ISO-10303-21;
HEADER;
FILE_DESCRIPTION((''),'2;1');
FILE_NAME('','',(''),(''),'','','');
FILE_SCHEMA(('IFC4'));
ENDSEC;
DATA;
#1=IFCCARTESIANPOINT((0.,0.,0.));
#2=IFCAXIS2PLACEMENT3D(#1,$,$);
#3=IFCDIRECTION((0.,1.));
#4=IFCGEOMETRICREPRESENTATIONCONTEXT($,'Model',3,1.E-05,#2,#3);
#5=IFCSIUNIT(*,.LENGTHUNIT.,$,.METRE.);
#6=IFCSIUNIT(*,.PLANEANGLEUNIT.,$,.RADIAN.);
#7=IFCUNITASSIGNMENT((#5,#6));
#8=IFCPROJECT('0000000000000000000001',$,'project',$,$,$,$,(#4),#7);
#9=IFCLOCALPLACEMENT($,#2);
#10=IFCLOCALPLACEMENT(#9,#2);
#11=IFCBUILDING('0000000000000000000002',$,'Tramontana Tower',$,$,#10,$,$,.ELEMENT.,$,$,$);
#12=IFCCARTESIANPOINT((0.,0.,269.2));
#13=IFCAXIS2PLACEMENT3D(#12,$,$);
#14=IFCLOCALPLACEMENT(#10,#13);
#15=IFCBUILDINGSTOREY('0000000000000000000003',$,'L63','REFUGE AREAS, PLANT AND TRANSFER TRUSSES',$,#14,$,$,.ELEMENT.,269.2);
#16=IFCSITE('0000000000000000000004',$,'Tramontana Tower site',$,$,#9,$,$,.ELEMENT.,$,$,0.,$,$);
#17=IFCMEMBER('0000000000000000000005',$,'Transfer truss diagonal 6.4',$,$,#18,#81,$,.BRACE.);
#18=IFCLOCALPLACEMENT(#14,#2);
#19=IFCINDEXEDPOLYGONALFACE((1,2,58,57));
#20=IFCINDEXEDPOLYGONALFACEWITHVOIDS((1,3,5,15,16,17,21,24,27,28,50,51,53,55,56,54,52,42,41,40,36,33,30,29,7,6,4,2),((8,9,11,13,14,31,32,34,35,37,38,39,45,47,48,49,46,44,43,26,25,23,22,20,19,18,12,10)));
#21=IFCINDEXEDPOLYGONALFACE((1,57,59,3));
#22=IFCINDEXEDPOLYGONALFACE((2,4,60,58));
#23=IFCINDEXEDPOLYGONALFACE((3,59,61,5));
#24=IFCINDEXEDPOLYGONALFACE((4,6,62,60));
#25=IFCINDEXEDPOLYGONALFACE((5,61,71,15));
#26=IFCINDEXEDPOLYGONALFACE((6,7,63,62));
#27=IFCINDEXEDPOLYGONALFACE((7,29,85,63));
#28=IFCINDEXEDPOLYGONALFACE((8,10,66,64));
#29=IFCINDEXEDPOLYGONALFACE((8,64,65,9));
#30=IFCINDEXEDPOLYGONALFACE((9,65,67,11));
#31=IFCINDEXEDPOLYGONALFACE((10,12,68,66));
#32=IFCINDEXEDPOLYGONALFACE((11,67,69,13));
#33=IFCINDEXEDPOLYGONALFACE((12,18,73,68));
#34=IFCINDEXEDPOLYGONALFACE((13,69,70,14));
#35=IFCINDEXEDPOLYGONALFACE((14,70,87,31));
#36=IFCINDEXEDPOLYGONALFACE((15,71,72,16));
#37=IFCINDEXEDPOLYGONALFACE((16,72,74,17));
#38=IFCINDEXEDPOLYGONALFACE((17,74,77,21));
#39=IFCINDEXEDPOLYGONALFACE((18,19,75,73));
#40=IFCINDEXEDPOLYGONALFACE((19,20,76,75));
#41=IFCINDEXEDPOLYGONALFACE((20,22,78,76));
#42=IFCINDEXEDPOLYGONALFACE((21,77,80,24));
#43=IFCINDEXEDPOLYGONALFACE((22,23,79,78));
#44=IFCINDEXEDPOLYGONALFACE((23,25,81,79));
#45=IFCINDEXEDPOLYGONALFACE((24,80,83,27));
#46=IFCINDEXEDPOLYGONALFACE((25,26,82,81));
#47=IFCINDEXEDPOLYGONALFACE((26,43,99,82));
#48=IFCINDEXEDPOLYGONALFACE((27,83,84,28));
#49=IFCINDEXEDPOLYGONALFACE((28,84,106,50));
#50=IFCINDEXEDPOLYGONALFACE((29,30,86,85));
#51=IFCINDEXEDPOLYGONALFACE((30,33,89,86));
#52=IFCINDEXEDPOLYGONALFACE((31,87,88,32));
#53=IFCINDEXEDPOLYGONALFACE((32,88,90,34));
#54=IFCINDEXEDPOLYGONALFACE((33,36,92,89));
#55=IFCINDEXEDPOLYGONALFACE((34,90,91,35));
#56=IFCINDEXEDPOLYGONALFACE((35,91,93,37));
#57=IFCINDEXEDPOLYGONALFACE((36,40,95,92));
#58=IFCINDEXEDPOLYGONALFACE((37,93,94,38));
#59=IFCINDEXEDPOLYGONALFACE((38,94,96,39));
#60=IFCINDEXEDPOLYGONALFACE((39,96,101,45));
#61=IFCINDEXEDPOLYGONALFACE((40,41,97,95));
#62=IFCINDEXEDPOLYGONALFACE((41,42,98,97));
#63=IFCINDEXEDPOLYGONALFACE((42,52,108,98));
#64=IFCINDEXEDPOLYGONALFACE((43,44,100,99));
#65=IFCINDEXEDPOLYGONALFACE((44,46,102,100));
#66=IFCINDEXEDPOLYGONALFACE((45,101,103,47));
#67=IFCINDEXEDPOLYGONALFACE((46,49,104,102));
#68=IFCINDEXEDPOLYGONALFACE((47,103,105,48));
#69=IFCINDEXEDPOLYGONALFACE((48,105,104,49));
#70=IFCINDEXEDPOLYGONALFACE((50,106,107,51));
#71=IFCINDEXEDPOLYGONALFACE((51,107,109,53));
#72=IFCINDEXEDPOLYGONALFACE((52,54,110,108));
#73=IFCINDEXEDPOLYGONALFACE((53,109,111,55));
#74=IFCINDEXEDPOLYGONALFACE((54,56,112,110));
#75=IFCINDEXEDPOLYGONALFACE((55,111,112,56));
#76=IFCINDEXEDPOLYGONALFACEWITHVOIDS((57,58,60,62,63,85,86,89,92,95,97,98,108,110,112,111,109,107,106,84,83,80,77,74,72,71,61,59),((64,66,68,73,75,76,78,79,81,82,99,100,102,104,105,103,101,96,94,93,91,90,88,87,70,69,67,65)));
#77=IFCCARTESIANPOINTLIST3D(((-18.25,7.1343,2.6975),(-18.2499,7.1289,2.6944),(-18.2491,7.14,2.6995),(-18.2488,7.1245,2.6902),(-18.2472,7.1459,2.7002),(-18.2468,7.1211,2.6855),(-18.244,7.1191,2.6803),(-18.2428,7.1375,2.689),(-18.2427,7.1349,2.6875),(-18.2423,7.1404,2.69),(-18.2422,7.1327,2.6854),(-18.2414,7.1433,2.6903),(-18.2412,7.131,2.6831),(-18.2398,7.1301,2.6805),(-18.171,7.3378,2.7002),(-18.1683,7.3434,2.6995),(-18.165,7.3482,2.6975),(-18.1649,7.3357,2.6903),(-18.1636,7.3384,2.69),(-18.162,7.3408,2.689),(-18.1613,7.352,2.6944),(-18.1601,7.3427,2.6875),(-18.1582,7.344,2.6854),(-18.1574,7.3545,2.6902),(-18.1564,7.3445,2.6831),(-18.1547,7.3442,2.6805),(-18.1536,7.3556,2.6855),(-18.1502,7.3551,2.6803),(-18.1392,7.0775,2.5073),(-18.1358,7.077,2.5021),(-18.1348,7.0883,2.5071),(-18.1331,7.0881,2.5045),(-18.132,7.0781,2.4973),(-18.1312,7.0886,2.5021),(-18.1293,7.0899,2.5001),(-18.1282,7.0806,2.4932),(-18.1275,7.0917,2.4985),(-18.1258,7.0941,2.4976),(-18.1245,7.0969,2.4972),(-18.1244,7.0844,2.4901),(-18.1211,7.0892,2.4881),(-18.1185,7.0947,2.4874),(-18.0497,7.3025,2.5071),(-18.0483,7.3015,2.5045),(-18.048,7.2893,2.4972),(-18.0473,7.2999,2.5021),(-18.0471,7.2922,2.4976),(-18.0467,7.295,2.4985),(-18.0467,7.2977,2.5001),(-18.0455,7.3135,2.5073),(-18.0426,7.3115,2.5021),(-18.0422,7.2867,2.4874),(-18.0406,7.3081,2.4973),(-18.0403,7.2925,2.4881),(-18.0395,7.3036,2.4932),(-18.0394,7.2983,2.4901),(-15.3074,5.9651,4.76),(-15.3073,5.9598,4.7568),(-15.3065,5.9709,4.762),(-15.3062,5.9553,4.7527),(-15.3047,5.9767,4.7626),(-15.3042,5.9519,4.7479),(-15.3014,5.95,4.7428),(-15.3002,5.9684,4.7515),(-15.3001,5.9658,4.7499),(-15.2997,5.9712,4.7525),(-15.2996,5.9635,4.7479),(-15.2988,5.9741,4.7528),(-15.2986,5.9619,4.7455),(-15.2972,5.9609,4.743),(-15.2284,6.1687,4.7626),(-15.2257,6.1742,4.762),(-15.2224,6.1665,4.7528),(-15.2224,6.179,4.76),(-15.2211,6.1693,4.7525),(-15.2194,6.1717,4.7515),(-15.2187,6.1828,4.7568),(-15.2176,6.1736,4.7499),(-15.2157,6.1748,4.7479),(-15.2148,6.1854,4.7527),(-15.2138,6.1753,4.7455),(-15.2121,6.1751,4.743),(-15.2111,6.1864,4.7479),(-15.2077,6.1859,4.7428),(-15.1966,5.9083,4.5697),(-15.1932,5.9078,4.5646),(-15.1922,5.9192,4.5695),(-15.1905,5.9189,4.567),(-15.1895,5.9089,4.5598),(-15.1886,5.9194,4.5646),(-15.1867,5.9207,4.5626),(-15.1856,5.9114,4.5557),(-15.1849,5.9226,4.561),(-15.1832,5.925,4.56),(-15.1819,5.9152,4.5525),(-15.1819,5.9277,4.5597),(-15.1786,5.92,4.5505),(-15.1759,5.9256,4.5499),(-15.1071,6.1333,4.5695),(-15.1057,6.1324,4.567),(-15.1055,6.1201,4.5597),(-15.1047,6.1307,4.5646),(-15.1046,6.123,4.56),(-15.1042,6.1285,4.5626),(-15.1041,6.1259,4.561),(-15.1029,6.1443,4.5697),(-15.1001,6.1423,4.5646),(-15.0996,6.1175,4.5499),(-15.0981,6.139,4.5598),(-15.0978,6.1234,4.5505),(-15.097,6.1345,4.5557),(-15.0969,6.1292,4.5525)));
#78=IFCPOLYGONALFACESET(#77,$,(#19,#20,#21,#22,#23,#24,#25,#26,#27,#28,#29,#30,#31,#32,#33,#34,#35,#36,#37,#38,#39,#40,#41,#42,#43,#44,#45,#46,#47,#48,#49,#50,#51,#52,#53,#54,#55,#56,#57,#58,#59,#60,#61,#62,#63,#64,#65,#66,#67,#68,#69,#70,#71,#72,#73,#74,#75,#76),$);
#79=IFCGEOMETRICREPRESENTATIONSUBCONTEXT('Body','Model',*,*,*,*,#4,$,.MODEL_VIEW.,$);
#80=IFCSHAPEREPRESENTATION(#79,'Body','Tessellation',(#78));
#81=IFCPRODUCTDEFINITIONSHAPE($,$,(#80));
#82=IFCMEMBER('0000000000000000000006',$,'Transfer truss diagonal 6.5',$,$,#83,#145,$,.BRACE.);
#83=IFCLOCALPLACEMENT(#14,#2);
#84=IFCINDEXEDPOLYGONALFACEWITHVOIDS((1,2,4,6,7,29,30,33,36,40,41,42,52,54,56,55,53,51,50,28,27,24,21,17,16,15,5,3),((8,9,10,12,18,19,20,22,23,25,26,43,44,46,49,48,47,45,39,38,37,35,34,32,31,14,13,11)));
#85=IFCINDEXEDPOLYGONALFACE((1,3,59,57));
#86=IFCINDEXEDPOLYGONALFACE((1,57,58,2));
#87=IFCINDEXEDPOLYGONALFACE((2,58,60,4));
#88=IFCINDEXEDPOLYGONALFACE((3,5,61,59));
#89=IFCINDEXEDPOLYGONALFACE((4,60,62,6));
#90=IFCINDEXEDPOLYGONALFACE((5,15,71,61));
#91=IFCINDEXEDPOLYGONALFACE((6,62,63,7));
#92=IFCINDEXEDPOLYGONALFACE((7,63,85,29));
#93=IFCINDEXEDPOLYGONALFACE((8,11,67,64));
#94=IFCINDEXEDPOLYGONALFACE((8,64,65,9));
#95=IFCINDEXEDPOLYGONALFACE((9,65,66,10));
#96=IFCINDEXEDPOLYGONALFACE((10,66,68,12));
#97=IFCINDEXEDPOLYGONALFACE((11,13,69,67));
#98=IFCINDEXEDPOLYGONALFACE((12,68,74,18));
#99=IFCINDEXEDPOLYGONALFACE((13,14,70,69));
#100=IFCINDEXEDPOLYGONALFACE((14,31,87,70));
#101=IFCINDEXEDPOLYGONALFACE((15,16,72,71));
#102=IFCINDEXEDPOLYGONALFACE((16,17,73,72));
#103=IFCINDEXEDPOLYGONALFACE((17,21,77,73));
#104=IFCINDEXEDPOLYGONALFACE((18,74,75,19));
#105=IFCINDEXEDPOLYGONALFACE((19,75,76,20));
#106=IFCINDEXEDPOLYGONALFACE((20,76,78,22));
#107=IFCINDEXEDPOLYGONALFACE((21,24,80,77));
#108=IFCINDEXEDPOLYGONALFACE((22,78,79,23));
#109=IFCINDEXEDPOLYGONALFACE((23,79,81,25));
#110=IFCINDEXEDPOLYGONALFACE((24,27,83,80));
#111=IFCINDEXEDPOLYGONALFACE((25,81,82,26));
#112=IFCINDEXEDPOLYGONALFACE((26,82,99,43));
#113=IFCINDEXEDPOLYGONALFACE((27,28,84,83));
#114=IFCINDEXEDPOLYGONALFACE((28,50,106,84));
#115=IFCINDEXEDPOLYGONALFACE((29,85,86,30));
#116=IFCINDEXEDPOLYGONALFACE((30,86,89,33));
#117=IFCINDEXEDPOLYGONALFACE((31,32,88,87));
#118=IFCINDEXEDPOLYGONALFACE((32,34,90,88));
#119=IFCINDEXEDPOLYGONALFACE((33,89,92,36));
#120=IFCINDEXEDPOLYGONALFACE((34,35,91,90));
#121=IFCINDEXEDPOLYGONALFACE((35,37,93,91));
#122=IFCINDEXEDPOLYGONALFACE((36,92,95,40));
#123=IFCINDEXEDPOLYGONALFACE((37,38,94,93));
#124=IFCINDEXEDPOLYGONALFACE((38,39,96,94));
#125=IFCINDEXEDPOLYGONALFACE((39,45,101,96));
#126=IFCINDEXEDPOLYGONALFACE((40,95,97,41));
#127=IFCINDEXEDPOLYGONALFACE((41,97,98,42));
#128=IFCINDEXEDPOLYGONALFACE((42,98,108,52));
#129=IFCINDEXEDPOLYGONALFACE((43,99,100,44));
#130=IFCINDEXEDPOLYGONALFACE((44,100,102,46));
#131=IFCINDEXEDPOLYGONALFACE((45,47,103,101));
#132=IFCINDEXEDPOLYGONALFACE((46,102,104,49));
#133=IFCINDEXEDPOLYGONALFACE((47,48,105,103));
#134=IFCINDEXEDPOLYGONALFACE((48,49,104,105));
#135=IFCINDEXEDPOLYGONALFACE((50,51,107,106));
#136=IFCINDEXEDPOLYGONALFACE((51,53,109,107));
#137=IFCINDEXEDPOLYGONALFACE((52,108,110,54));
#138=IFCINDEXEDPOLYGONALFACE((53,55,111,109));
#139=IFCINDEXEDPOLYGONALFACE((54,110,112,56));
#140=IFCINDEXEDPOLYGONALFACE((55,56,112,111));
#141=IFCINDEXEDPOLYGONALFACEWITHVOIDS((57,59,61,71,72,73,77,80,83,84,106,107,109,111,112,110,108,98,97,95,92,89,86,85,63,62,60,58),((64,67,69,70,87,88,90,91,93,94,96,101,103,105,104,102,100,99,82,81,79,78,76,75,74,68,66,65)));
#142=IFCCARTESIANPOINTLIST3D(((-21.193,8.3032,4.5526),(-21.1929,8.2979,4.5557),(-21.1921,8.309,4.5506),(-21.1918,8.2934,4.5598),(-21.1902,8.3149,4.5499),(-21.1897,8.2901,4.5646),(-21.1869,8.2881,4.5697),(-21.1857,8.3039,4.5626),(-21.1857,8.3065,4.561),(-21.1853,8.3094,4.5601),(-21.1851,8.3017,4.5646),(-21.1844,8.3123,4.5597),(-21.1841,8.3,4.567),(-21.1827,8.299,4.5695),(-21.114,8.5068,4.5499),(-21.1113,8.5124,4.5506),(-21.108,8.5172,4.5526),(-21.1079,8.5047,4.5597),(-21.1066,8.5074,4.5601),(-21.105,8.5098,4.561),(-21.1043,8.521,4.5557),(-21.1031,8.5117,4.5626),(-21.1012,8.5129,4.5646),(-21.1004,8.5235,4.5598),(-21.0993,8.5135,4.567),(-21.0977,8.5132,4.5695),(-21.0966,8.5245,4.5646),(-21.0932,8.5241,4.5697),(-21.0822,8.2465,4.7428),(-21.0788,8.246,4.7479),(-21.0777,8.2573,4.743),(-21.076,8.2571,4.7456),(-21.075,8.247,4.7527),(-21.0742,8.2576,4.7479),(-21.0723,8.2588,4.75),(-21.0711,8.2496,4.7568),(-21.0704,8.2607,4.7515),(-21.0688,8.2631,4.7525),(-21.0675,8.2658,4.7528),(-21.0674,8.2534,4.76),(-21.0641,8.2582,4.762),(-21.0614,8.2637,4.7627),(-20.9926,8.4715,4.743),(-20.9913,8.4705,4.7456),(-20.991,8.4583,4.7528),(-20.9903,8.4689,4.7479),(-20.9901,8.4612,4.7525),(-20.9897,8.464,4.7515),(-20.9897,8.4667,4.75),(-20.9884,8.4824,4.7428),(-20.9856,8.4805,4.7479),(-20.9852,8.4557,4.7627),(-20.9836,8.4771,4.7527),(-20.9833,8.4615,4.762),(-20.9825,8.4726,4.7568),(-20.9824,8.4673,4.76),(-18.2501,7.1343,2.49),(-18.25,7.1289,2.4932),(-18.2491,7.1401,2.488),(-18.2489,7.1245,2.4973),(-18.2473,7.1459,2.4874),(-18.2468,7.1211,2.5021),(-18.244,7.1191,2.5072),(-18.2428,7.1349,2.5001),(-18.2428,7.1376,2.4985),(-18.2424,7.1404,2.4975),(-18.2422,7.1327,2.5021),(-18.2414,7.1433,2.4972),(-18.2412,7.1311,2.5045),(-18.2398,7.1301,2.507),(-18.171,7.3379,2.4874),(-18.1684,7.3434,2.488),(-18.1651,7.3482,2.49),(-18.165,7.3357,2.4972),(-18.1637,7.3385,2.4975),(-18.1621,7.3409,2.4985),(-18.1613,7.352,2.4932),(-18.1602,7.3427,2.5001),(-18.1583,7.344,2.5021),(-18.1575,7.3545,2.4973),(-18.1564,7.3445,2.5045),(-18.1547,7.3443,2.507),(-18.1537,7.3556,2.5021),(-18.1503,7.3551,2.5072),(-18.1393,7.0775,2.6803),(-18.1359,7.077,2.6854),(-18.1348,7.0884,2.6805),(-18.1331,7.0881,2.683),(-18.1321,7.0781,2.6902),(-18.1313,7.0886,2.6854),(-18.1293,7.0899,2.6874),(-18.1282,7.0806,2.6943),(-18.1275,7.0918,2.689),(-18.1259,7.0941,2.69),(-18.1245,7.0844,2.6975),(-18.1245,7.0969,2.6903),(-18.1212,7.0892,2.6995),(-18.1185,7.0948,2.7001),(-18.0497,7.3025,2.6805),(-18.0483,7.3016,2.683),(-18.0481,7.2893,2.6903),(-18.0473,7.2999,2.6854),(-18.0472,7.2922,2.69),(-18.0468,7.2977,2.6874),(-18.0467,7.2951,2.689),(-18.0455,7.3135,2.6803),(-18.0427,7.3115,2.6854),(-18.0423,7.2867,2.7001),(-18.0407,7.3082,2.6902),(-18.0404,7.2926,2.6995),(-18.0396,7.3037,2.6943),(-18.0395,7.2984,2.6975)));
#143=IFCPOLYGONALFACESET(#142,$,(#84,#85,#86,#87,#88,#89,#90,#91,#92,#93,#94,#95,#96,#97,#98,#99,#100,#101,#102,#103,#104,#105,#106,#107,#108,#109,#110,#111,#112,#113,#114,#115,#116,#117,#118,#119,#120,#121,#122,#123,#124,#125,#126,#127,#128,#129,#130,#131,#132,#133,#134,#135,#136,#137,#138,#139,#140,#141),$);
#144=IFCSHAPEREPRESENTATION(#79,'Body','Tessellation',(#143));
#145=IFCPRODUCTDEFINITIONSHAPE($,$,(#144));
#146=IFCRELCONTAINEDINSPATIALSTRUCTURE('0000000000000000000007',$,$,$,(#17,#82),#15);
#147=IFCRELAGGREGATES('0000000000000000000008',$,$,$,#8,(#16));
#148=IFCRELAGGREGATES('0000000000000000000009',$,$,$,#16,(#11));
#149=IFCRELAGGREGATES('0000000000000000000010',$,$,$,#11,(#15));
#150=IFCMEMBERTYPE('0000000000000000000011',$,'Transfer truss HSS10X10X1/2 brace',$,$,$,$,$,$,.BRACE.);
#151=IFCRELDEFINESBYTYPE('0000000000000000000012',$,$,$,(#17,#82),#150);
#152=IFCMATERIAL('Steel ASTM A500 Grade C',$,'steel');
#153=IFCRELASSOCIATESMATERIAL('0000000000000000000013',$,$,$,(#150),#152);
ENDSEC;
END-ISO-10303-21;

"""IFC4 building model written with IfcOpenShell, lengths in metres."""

from ifc_helpers import new_model, si_unit, direction, frame, origin, origin_2d, place, context, subcontext, project, spatial, hollow_rectangle, extrude, material, material_profile, profile_set, type_object, element, save


model = new_model("IFC4")

# Units and contexts
model_context = context("Model", 3, precision=1e-05, world=origin(), true_north=direction((0.0, 1.0)))
body_context = subcontext(model_context, "Body", "Model", "MODEL_VIEW")
ifc_project = project(units=[si_unit("LENGTHUNIT", "METRE"), si_unit("PLANEANGLEUNIT", "RADIAN")], contexts=[model_context])

# Site, building, storey
site_placement = place(None, origin())
site = spatial("IfcSite", under=ifc_project, at=site_placement, Name="Tramontana Tower site", CompositionType="ELEMENT", RefElevation=0.0)
building_placement = place(site_placement, origin())
building = spatial("IfcBuilding", under=site, at=building_placement, Name="Tramontana Tower", CompositionType="ELEMENT")
storey_placement = place(building_placement, frame((0.0, 0.0, 269.2)))
storey = spatial("IfcBuildingStorey", under=building, at=storey_placement, Name="L63", Description="REFUGE AREAS, PLANT AND TRANSFER TRUSSES", CompositionType="ELEMENT", Elevation=269.2)

# Members
ifc_material_1 = material(Name="Steel ASTM A500 Grade C", Category="steel")
ifc_material_profile_1 = material_profile(ifc_material_1, hollow_rectangle(XDim=0.2539, YDim=0.2539, WallThickness=0.0117, InnerFilletRadius=0.0117, OuterFilletRadius=0.0237, at=origin_2d()), Name="HSS10X10X1/2")
ifc_profile_set_1 = profile_set([ifc_material_profile_1], Name="Steel ASTM A500 Grade C")
member_type_1 = type_object("IfcMemberType", Name="Transfer truss HSS10X10X1/2 brace", PredefinedType="BRACE", material=ifc_profile_set_1)
for number, where, z_axis, x_axis, name in (
    (1, (-15.2021, 6.0471, 4.6562), (-0.778703, 0.309401, -0.545796), (-0.369249, -0.92933, 0.0), "Transfer truss diagonal 6.4"),
):
    element("IfcMember", number, at=place(storey_placement, frame(where, z_axis=z_axis, x_axis=x_axis)), inside=storey, type_object=member_type_1, Name=name, PredefinedType="BRACE", context=body_context, shape_type="SweptSolid", body=[
        extrude(hollow_rectangle(XDim=0.2539, YDim=0.2539, WallThickness=0.0117, InnerFilletRadius=0.0117, OuterFilletRadius=0.0237, at=origin_2d()), origin(), (0.0, 0.0, 1.0), 3.7788),
    ])
for number, where, z_axis, x_axis, name in (
    (2, (-18.1448, 7.2163, 2.5938), (-0.778744, 0.309327, 0.54578), (-0.369156, -0.929367, 0.0), "Transfer truss diagonal 6.5"),
):
    element("IfcMember", number, at=place(storey_placement, frame(where, z_axis=z_axis, x_axis=x_axis)), inside=storey, type_object=member_type_1, Name=name, PredefinedType="BRACE", context=body_context, shape_type="SweptSolid", body=[
        extrude(hollow_rectangle(XDim=0.2539, YDim=0.2539, WallThickness=0.0117, InnerFilletRadius=0.0117, OuterFilletRadius=0.0237, at=origin_2d()), origin(), (0.0, 0.0, 1.0), 3.7791),
    ])

save(model, "model.ifc")
